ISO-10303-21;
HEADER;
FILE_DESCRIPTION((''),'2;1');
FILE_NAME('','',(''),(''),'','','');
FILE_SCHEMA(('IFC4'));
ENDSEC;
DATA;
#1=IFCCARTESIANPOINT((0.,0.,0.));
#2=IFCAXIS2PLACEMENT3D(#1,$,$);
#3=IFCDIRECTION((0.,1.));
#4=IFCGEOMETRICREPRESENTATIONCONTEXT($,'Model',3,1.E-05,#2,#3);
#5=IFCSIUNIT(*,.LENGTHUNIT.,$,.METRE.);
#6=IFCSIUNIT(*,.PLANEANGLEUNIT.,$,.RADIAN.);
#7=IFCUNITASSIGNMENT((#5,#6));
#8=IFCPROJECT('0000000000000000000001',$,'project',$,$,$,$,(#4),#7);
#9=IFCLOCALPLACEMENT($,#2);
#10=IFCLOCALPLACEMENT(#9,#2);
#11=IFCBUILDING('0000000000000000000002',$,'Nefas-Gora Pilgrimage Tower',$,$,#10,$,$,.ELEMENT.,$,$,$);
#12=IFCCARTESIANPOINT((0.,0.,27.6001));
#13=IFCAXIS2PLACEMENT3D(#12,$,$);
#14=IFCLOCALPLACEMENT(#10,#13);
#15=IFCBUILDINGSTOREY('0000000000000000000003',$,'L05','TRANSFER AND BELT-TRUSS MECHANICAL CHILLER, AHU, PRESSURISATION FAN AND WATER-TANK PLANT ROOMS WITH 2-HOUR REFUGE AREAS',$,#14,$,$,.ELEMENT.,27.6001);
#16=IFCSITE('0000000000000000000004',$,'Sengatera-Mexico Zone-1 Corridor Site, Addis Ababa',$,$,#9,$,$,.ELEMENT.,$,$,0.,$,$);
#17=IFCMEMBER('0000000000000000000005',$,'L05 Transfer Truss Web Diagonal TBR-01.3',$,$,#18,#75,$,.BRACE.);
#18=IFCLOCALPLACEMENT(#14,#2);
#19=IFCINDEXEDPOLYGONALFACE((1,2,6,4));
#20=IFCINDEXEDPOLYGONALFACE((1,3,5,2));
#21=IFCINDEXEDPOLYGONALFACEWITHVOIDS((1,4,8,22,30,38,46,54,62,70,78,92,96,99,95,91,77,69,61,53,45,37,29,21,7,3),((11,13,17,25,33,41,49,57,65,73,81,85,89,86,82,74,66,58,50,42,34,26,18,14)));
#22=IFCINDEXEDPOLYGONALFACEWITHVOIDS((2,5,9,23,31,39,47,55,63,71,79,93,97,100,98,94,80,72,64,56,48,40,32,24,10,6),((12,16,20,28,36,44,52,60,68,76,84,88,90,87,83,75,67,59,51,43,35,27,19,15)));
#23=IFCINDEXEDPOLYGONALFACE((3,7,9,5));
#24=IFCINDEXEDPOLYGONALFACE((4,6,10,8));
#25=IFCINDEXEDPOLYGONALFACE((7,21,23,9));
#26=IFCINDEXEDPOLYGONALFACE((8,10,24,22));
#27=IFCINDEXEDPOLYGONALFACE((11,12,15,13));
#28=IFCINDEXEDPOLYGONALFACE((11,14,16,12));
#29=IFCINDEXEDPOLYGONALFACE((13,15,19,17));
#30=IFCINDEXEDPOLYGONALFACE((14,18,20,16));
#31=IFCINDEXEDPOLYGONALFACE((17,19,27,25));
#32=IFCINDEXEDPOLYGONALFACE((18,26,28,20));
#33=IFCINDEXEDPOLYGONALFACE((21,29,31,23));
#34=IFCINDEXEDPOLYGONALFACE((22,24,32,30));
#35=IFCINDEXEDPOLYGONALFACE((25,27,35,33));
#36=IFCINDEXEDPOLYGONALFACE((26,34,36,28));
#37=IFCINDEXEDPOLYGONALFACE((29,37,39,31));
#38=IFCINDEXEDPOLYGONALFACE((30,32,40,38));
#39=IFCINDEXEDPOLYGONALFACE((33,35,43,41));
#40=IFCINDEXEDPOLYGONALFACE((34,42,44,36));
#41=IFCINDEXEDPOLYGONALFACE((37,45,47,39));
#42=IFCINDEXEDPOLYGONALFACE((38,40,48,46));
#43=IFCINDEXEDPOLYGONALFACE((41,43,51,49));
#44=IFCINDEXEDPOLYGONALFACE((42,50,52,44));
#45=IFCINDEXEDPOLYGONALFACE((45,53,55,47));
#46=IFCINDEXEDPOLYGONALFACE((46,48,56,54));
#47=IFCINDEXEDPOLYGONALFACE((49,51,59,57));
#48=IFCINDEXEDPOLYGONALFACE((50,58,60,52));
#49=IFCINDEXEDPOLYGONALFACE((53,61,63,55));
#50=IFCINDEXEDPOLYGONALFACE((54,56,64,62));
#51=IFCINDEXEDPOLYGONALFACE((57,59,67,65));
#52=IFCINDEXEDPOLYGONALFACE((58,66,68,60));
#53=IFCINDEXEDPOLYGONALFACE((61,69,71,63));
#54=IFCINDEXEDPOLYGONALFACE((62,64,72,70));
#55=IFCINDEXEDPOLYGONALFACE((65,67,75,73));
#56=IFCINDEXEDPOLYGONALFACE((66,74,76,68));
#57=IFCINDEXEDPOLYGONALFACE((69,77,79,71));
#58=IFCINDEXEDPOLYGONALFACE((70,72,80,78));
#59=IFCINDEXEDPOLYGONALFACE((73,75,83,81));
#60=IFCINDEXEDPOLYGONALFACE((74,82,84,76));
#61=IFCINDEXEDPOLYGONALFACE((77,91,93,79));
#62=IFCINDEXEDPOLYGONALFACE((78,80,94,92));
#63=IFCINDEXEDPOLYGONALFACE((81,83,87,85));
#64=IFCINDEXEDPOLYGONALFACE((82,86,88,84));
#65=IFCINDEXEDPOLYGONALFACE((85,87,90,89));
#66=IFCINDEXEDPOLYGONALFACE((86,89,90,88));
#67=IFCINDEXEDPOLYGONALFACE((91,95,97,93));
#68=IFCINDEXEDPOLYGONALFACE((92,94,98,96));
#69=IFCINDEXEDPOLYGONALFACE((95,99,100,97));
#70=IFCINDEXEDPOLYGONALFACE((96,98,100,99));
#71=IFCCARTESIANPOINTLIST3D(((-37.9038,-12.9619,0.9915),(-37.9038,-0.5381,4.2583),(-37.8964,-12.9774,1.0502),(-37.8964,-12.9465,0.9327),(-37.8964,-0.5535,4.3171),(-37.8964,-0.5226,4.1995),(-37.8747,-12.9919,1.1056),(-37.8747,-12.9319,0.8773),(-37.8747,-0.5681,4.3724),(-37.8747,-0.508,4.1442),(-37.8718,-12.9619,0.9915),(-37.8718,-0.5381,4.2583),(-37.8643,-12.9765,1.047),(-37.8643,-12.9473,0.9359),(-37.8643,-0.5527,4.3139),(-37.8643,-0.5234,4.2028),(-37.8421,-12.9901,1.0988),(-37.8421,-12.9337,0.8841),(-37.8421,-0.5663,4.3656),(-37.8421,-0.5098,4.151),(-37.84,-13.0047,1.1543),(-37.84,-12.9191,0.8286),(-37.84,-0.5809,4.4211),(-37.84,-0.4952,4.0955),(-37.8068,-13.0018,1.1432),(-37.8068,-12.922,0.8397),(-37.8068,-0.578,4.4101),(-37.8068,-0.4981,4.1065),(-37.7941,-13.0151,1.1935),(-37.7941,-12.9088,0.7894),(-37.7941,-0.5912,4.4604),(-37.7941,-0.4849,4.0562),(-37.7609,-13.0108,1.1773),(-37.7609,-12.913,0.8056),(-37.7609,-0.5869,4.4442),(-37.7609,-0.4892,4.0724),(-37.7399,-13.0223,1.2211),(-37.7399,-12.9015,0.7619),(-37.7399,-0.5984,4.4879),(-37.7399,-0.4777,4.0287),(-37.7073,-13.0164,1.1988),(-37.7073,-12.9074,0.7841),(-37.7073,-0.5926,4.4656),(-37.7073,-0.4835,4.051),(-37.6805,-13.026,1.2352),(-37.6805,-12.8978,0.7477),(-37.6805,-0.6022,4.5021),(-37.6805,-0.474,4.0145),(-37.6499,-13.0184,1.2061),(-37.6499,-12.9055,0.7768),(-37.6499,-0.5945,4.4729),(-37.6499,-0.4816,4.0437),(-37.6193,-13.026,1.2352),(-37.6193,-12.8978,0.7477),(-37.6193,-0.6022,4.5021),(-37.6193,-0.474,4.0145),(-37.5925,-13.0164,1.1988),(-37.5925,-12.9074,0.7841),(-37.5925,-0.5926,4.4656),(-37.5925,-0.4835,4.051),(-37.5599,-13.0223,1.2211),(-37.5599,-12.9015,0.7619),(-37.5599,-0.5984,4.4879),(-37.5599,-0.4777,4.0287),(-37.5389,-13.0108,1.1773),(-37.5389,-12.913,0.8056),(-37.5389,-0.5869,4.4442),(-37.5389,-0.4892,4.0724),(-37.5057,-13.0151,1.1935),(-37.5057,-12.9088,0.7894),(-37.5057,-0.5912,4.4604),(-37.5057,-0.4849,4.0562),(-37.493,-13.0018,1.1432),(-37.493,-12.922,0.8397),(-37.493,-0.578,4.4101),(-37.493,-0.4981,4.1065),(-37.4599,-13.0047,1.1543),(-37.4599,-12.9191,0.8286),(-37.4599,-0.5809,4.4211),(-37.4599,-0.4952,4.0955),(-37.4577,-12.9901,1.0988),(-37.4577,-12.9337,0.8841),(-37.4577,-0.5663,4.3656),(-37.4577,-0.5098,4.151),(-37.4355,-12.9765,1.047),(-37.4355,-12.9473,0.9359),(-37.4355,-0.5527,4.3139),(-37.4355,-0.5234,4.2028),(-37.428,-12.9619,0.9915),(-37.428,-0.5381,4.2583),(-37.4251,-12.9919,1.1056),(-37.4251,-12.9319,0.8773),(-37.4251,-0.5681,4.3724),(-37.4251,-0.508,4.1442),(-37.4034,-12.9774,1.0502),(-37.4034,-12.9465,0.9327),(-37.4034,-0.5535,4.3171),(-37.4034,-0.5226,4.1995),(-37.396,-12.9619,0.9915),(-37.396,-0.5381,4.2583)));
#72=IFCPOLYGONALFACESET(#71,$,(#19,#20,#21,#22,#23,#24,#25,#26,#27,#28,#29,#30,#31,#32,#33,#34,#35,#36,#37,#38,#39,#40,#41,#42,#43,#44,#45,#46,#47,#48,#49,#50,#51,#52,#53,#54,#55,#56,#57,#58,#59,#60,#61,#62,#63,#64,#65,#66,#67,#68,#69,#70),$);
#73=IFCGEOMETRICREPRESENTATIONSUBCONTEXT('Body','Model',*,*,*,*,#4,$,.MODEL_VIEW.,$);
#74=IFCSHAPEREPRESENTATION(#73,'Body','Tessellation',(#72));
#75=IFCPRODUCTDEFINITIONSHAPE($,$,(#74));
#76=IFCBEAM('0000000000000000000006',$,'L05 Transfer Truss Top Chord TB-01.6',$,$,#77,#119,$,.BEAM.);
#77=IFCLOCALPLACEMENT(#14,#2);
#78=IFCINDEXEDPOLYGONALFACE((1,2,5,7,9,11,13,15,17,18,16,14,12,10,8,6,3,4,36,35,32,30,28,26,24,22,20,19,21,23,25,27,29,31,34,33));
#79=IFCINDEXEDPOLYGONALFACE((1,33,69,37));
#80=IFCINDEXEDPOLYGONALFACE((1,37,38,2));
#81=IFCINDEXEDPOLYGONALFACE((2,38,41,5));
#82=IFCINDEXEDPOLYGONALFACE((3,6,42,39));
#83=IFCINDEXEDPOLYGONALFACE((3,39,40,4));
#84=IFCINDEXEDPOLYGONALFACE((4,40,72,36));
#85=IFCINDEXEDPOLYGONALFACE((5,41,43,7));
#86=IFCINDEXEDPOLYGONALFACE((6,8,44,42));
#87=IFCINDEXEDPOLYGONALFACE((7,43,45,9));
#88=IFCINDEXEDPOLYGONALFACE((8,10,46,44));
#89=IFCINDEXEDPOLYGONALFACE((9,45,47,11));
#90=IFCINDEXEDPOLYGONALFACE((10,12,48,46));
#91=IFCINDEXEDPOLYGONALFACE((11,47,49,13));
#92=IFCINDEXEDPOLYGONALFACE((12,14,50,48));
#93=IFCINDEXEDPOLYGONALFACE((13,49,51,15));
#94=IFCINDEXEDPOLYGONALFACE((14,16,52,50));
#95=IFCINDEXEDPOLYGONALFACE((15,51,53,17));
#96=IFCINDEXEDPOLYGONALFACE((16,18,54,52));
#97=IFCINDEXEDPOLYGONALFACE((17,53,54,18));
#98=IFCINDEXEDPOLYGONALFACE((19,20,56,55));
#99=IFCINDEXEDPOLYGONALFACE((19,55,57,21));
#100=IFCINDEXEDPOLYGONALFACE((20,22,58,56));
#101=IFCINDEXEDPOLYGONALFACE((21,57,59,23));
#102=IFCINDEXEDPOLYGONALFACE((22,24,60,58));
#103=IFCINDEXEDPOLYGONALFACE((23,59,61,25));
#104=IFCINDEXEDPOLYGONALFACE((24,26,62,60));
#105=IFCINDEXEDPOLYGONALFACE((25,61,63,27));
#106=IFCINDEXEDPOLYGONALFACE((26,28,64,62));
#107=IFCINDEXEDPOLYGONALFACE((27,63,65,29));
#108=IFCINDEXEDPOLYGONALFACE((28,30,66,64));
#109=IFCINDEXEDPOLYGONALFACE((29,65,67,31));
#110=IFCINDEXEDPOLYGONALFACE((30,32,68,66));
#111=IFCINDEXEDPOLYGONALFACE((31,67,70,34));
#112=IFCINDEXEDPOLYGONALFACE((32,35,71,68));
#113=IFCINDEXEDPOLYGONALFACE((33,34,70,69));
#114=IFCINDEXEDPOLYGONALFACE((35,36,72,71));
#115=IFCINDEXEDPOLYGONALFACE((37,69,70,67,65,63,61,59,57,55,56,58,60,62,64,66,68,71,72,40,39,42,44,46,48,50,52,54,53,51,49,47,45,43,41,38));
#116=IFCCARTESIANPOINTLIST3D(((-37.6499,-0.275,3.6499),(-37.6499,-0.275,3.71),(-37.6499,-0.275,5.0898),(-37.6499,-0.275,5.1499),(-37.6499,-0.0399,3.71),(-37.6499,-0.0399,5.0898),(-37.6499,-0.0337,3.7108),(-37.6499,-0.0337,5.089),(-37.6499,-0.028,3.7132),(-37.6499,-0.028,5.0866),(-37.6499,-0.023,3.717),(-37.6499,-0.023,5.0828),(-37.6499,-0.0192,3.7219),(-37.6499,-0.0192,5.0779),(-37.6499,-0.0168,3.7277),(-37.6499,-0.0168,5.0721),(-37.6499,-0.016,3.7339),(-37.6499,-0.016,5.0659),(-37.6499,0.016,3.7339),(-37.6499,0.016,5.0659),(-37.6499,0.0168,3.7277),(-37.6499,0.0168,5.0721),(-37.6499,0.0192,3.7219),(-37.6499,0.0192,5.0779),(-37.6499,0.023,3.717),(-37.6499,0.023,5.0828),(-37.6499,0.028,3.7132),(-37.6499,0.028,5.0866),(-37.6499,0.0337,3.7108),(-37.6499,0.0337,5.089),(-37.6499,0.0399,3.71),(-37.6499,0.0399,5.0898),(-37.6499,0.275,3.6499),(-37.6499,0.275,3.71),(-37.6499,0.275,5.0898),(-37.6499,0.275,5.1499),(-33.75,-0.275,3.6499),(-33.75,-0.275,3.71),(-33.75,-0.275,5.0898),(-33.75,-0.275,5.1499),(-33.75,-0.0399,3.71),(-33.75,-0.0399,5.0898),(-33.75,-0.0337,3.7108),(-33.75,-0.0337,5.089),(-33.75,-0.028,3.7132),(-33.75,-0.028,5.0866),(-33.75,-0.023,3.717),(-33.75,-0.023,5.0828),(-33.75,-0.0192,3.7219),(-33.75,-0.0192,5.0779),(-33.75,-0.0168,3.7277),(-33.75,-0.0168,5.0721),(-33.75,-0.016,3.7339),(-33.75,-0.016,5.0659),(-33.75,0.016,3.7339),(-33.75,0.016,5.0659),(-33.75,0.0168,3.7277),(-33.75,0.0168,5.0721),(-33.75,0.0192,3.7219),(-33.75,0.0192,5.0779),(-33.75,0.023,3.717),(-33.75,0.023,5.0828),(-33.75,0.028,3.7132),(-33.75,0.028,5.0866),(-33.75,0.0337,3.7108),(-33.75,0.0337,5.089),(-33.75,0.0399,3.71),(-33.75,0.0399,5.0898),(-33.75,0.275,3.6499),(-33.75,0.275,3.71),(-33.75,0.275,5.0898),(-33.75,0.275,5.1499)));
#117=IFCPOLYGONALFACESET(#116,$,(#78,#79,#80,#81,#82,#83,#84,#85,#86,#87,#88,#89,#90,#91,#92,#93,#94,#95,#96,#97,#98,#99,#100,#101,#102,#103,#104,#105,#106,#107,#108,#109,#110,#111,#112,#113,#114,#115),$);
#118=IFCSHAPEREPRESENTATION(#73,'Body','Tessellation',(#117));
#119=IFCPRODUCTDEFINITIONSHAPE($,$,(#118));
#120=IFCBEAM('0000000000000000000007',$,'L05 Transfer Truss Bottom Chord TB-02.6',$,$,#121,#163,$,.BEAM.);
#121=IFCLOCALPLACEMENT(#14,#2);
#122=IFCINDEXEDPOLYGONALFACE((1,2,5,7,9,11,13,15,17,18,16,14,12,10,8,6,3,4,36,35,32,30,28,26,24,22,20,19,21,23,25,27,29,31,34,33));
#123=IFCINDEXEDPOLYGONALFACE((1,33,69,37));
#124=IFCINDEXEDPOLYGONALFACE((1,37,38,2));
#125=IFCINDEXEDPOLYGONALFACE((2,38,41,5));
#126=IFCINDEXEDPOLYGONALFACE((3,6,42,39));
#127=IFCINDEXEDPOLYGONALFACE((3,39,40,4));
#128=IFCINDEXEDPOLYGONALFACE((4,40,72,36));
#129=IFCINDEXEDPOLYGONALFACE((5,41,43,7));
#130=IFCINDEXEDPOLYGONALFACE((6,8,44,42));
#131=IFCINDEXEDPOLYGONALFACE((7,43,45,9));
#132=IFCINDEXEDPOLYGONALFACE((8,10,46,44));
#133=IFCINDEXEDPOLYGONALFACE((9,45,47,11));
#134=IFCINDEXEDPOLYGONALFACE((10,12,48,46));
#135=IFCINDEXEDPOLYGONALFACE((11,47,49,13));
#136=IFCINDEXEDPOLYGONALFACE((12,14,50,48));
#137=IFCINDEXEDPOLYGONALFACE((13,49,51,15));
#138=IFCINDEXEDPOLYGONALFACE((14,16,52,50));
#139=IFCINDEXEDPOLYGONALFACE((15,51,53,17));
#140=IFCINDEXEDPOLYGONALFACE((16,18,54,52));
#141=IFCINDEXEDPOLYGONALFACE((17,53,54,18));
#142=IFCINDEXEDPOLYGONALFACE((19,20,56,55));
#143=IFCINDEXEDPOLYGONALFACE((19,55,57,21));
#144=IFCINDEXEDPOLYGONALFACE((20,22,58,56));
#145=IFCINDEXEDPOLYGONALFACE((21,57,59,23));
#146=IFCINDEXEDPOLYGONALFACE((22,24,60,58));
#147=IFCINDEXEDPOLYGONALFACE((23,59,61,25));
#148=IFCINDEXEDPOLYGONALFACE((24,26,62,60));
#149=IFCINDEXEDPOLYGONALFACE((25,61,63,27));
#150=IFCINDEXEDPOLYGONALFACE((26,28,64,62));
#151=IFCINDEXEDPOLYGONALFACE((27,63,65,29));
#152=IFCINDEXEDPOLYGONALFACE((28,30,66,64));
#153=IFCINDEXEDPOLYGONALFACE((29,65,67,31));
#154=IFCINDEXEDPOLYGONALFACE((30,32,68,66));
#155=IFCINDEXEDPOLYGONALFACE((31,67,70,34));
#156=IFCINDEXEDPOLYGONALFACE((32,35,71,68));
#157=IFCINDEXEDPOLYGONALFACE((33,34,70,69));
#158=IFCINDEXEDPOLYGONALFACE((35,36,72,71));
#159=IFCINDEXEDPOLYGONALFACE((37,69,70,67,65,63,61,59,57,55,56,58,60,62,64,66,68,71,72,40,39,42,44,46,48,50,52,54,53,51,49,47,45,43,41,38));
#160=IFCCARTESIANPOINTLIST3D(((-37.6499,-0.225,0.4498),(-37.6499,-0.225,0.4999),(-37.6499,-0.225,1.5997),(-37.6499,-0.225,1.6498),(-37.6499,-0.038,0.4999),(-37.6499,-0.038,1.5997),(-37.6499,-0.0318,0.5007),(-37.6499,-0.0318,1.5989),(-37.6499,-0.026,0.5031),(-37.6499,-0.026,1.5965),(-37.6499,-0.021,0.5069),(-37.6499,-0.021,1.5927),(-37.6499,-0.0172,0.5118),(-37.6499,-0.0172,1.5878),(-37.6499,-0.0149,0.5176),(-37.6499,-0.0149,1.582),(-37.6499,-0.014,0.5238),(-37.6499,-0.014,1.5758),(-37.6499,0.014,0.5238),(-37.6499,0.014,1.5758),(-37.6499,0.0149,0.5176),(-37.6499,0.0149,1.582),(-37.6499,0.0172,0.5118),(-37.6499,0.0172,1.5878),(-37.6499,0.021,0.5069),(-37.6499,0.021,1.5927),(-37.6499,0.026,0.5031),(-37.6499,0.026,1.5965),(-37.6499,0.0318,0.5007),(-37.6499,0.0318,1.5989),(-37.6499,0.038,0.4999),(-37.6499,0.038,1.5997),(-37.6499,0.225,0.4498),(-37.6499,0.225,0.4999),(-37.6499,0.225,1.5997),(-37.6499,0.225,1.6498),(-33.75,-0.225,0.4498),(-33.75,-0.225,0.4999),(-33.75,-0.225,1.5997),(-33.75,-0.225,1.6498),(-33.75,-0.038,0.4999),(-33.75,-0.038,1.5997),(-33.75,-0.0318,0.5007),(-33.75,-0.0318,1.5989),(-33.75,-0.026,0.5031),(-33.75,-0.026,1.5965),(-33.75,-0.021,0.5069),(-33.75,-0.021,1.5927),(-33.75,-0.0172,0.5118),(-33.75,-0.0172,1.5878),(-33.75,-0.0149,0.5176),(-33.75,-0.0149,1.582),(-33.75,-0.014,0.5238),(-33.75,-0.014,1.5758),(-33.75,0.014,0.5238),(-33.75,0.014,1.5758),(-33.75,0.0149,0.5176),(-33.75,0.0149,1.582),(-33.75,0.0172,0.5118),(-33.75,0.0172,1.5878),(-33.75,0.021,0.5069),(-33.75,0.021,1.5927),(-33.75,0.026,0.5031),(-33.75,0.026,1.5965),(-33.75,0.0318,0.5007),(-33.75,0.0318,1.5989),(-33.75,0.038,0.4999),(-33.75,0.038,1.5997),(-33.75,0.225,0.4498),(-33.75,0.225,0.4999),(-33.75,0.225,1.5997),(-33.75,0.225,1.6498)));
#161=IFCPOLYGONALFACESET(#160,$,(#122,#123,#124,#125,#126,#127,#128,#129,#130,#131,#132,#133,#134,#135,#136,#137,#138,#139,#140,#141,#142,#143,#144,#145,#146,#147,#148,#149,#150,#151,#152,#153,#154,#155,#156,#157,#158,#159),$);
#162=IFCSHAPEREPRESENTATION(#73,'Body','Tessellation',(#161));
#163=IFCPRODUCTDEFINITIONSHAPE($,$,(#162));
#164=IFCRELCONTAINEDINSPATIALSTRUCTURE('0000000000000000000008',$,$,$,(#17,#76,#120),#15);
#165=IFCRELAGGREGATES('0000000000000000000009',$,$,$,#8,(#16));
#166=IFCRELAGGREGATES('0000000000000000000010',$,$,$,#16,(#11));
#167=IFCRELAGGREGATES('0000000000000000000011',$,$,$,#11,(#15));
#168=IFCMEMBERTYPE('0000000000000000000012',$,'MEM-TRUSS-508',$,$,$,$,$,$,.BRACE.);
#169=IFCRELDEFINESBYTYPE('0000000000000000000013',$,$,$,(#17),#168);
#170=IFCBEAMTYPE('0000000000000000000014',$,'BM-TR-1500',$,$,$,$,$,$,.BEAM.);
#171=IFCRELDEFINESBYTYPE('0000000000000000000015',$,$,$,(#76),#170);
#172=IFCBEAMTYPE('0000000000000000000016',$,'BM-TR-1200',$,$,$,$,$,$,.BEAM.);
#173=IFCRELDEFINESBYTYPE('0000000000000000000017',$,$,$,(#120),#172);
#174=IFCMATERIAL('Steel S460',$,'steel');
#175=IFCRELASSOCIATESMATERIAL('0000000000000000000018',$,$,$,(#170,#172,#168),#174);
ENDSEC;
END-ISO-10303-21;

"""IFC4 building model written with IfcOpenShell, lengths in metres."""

from ifc_helpers import new_model, si_unit, direction, frame, origin, origin_2d, place, context, subcontext, project, spatial, hollow_circle, i_section, extrude, source, transform, mapped, material, material_profile, profile_set, type_object, element, save


model = new_model("IFC4")

# Units and contexts
model_context = context("Model", 3, precision=1e-05, world=origin(), true_north=direction((0.0, 1.0)))
body_context = subcontext(model_context, "Body", "Model", "MODEL_VIEW")
ifc_project = project(units=[si_unit("LENGTHUNIT", "METRE"), si_unit("PLANEANGLEUNIT", "RADIAN")], contexts=[model_context])

# Site, building, storey
site_placement = place(None, origin())
site = spatial("IfcSite", under=ifc_project, at=site_placement, Name="Sengatera-Mexico Zone-1 Corridor Site, Addis Ababa", CompositionType="ELEMENT", RefElevation=0.0)
building_placement = place(site_placement, origin())
building = spatial("IfcBuilding", under=site, at=building_placement, Name="Nefas-Gora Pilgrimage Tower", CompositionType="ELEMENT")
storey_placement = place(building_placement, frame((0.0, 0.0, 27.6001)))
storey = spatial("IfcBuildingStorey", under=building, at=storey_placement, Name="L05", Description="TRANSFER AND BELT-TRUSS MECHANICAL CHILLER, AHU, PRESSURISATION FAN AND WATER-TANK PLANT ROOMS WITH 2-HOUR REFUGE AREAS", CompositionType="ELEMENT", Elevation=27.6001)

# Shared definitions
ifc_material_1 = material(Name="Steel S460", Category="steel")

# Shared definitions
ifc_material_profile_1 = material_profile(ifc_material_1, i_section(OverallWidth=0.55, OverallDepth=1.5, WebThickness=0.032, FlangeThickness=0.0601, FilletRadius=0.0239, at=origin_2d()), Name="WPG 1500x550x32x60")
ifc_profile_set_1 = profile_set([ifc_material_profile_1], Name="Steel S460")
beam_type_1 = type_object("IfcBeamType", Name="BM-TR-1500", PredefinedType="BEAM", material=ifc_profile_set_1)
ifc_material_profile_2 = material_profile(ifc_material_1, i_section(OverallWidth=0.45, OverallDepth=1.2, WebThickness=0.0281, FlangeThickness=0.05, FilletRadius=0.0239, at=origin_2d()), Name="WPG 1200x450x28x50")
ifc_profile_set_2 = profile_set([ifc_material_profile_2], Name="Steel S460")
beam_type_2 = type_object("IfcBeamType", Name="BM-TR-1200", PredefinedType="BEAM", material=ifc_profile_set_2)

# Member
ifc_material_profile_3 = material_profile(ifc_material_1, hollow_circle(Radius=0.2539, WallThickness=0.032, at=origin_2d()), Name="CHS 508x32")
ifc_profile_set_3 = profile_set([ifc_material_profile_3], Name="Steel S460")
member_type = type_object("IfcMemberType", Name="MEM-TRUSS-508", PredefinedType="BRACE", material=ifc_profile_set_3)
shared_shape_1 = source(origin(), body_context, "Body", "SweptSolid", [
    extrude(hollow_circle(Radius=0.2539, WallThickness=0.032, at=origin_2d()), origin(), (0.0, 0.0, 1.0), 12.8462),
])
member_1_placement = place(storey_placement, frame((-37.6499, -12.9619, 0.9915), z_axis=(0.0, 0.967124, 0.254305), x_axis=(-1.0, 0.0, 0.0)))
element("IfcMember", 1, at=member_1_placement, inside=storey, type_object=member_type, Name="L05 Transfer Truss Web Diagonal TBR-01.3", PredefinedType="BRACE", context=body_context, shape_type="MappedRepresentation", body=[
    mapped(shared_shape_1, transform((0.0, 0.0, 0.0), x_axis=(1.0, 0.0, 0.0), y_axis=(0.0, 1.0, 0.0), z_axis=(0.0, 0.0, 1.0), scale=1.0)),
])

# Beams
shared_shape_2 = source(origin(), body_context, "Body", "SweptSolid", [
    extrude(i_section(OverallWidth=0.55, OverallDepth=1.5, WebThickness=0.032, FlangeThickness=0.0601, FilletRadius=0.0239, at=origin_2d()), origin(), (0.0, 0.0, 1.0), 3.8999),
])
beam_1_placement = place(storey_placement, frame((-37.6499, 0.0, 4.3999), z_axis=(1.0, 0.0, 0.0), x_axis=(0.0, 1.0, 0.0)))
element("IfcBeam", 2, at=beam_1_placement, inside=storey, type_object=beam_type_1, Name="L05 Transfer Truss Top Chord TB-01.6", PredefinedType="BEAM", context=body_context, shape_type="MappedRepresentation", body=[
    mapped(shared_shape_2, transform((0.0, 0.0, 0.0), x_axis=(1.0, 0.0, 0.0), y_axis=(0.0, 1.0, 0.0), z_axis=(0.0, 0.0, 1.0), scale=1.0)),
])
shared_shape_3 = source(origin(), body_context, "Body", "SweptSolid", [
    extrude(i_section(OverallWidth=0.45, OverallDepth=1.2, WebThickness=0.0281, FlangeThickness=0.05, FilletRadius=0.0239, at=origin_2d()), origin(), (0.0, 0.0, 1.0), 3.8999),
])
beam_2_placement = place(storey_placement, frame((-37.6499, 0.0, 1.0498), z_axis=(1.0, 0.0, 0.0), x_axis=(0.0, 1.0, 0.0)))
element("IfcBeam", 3, at=beam_2_placement, inside=storey, type_object=beam_type_2, Name="L05 Transfer Truss Bottom Chord TB-02.6", PredefinedType="BEAM", context=body_context, shape_type="MappedRepresentation", body=[
    mapped(shared_shape_3, transform((0.0, 0.0, 0.0), x_axis=(1.0, 0.0, 0.0), y_axis=(0.0, 1.0, 0.0), z_axis=(0.0, 0.0, 1.0), scale=1.0)),
])

save(model, "model.ifc")
